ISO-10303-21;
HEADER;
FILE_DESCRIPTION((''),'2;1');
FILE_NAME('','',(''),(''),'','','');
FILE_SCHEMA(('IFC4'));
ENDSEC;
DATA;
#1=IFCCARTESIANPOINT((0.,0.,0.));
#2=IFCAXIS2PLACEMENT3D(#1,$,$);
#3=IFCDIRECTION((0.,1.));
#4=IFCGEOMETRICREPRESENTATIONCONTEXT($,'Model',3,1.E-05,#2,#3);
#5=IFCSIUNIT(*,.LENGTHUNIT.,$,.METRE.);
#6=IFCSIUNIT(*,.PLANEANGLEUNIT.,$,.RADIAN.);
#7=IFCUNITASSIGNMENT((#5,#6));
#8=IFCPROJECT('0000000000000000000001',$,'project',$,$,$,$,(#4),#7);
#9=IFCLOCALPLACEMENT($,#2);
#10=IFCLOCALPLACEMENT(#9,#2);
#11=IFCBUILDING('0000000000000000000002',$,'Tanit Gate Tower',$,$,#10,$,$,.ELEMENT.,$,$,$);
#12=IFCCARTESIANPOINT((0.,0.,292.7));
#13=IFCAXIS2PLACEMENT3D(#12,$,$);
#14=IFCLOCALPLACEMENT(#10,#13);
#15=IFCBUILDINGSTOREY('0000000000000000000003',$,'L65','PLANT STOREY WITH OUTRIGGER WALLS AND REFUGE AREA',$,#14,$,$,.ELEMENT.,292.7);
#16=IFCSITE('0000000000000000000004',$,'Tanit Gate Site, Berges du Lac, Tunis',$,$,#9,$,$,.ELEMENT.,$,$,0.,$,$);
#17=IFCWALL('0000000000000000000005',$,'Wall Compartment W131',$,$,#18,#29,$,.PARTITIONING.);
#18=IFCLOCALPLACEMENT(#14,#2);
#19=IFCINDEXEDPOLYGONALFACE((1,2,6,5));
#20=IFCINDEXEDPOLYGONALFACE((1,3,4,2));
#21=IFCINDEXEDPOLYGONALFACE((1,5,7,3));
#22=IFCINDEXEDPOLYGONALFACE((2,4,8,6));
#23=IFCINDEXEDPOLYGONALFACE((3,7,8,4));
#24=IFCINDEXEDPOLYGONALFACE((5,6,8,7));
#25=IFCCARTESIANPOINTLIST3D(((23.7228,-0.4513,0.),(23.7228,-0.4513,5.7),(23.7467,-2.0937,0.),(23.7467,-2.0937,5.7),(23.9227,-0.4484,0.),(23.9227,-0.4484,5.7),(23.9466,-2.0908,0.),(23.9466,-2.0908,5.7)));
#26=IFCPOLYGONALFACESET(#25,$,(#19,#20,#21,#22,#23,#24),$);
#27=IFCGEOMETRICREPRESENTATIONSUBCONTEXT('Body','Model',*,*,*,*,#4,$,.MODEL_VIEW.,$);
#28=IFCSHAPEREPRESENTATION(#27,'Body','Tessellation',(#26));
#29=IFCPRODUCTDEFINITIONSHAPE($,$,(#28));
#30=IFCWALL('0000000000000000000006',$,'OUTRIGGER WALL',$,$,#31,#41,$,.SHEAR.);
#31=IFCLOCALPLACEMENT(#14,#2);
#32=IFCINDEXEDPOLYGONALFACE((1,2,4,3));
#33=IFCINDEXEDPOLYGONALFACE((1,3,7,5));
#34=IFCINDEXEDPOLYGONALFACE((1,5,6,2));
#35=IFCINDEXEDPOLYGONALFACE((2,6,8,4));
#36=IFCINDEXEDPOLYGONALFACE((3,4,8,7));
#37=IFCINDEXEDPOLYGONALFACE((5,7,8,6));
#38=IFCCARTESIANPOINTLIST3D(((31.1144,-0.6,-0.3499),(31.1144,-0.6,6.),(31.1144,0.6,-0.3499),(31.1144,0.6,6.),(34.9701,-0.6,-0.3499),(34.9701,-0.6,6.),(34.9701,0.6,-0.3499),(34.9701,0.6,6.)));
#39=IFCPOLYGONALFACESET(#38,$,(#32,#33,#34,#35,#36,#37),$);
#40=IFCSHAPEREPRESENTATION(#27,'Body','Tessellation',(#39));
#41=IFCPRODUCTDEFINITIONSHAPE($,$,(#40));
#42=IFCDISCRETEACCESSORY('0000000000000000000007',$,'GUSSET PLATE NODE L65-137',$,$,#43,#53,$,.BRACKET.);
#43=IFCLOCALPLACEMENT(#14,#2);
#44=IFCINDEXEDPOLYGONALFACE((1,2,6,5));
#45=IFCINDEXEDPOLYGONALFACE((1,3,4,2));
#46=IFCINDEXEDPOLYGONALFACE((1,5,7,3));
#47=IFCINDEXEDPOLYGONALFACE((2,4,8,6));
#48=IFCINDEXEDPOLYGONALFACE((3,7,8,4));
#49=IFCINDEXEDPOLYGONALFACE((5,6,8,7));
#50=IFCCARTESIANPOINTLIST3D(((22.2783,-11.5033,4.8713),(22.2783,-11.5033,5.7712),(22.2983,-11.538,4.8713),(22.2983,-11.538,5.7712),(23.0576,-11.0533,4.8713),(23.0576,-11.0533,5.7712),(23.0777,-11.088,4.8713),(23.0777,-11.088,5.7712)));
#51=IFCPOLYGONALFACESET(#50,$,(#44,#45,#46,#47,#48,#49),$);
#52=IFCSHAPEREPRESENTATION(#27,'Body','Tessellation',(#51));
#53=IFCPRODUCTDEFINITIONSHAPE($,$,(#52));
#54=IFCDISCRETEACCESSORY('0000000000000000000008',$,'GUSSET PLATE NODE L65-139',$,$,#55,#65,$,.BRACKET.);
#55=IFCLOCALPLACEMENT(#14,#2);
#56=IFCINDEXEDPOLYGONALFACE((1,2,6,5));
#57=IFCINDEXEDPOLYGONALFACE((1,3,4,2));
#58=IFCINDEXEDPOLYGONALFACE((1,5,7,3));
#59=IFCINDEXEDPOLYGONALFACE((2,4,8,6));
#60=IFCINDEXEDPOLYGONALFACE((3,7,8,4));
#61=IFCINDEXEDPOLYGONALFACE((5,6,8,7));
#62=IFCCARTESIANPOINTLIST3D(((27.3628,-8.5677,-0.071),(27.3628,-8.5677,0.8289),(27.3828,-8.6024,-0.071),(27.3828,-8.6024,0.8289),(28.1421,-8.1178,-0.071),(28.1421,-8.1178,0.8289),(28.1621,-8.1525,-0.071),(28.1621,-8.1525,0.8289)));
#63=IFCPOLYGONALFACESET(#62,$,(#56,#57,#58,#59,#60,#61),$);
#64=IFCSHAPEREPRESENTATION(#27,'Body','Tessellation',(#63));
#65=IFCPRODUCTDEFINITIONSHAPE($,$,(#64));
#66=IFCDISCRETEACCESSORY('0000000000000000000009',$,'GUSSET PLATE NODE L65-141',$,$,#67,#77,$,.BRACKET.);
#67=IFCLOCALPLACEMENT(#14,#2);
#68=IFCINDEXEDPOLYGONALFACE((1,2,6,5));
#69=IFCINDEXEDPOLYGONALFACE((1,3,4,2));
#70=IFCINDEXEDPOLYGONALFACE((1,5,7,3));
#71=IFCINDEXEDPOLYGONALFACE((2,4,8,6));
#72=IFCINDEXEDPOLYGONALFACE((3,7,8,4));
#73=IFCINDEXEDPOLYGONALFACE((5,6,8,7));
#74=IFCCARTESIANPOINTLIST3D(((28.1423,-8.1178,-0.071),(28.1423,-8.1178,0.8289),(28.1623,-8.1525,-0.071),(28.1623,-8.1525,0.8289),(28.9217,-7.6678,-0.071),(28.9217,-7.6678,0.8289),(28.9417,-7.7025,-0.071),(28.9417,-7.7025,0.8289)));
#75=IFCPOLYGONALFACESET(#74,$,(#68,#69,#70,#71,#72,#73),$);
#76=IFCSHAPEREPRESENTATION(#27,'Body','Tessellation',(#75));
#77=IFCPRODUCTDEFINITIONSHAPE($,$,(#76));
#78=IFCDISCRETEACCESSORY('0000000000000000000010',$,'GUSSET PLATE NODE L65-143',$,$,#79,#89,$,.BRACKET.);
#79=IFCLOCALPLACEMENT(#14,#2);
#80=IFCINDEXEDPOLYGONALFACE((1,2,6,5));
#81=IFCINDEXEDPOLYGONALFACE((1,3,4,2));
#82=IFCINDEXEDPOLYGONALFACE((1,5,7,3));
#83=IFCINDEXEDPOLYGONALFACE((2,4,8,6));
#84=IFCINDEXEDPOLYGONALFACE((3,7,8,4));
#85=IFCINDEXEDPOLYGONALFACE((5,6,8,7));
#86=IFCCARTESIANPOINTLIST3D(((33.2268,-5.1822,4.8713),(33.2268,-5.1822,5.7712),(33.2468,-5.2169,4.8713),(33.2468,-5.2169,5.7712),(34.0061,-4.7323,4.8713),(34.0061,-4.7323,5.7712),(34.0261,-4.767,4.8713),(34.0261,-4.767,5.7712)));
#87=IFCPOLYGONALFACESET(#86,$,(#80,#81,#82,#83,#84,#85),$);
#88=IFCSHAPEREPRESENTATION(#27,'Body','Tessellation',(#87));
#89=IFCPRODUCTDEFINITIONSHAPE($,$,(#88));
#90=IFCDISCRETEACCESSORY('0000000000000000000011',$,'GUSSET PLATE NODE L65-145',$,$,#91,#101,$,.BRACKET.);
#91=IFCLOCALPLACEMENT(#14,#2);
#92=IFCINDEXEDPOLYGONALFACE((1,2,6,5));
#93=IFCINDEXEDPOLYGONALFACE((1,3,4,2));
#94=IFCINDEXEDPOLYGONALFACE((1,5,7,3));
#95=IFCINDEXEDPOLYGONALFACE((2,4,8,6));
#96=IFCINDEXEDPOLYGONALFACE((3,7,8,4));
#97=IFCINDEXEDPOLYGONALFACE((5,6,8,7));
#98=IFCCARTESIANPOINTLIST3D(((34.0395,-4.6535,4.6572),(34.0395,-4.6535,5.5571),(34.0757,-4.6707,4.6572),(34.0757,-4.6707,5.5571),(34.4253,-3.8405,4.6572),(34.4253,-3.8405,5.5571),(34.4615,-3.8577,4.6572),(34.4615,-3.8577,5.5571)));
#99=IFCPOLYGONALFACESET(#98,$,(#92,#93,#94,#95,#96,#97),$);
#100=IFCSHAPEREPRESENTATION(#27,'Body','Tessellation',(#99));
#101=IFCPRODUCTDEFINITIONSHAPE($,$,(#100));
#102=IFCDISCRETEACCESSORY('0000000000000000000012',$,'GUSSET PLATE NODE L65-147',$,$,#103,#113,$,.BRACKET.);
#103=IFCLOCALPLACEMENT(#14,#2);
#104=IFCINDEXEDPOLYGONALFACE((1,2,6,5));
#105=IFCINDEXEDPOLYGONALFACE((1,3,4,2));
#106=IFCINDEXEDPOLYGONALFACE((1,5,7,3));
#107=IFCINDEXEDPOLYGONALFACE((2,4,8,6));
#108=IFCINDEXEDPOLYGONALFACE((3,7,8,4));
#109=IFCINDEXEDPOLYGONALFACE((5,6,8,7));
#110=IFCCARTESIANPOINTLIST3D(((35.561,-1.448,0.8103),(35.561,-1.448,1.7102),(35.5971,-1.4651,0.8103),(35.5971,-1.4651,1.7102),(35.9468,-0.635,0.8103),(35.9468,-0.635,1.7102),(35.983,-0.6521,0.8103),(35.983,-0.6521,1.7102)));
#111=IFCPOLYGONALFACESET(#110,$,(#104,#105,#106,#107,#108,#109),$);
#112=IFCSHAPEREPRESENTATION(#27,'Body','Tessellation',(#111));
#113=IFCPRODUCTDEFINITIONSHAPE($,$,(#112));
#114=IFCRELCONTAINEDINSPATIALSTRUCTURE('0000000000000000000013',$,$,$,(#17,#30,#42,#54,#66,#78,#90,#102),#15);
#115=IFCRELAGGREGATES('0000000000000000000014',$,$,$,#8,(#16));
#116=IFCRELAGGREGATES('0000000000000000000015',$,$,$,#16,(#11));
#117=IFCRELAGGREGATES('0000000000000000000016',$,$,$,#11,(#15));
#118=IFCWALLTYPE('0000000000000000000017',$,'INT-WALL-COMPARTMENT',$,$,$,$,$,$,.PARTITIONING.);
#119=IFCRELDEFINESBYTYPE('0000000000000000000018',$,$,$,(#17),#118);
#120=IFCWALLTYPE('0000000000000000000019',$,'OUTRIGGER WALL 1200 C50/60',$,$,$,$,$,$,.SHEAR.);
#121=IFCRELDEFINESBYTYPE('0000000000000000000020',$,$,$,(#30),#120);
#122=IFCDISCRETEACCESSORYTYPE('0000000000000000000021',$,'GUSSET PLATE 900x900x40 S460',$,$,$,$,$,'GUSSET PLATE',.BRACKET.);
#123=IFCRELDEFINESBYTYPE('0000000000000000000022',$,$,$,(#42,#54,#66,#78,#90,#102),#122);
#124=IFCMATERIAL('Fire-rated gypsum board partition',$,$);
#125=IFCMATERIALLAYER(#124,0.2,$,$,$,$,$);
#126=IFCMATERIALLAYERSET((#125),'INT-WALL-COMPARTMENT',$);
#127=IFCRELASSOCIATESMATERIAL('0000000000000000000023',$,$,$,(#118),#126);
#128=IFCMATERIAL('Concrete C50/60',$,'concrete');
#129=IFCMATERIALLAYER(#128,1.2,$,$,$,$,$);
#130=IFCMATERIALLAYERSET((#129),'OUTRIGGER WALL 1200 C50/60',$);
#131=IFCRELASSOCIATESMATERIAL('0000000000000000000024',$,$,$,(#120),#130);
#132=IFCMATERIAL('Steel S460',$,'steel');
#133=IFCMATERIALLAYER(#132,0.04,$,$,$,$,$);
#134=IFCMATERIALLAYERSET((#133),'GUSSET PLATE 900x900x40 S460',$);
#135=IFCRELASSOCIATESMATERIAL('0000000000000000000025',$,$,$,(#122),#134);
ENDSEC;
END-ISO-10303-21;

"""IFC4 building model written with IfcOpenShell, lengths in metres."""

from ifc_helpers import new_model, si_unit, direction, frame, frame_2d, origin, origin_2d, place, context, subcontext, project, spatial, rectangle, extrude, material, layer, layer_set, type_object, element, save


model = new_model("IFC4")

# Units and contexts
model_context = context("Model", 3, precision=1e-05, world=origin(), true_north=direction((0.0, 1.0)))
body_context = subcontext(model_context, "Body", "Model", "MODEL_VIEW")
ifc_project = project(units=[si_unit("LENGTHUNIT", "METRE"), si_unit("PLANEANGLEUNIT", "RADIAN")], contexts=[model_context])

# Site, building, storey
site_placement = place(None, origin())
site = spatial("IfcSite", under=ifc_project, at=site_placement, Name="Tanit Gate Site, Berges du Lac, Tunis", CompositionType="ELEMENT", RefElevation=0.0)
building_placement = place(site_placement, origin())
building = spatial("IfcBuilding", under=site, at=building_placement, Name="Tanit Gate Tower", CompositionType="ELEMENT")
storey_placement = place(building_placement, frame((0.0, 0.0, 292.7)))
storey = spatial("IfcBuildingStorey", under=building, at=storey_placement, Name="L65", Description="PLANT STOREY WITH OUTRIGGER WALLS AND REFUGE AREA", CompositionType="ELEMENT", Elevation=292.7)

# Walls
ifc_material_1 = material(Name="Fire-rated gypsum board partition")
ifc_layer_1 = layer(ifc_material_1, 0.2)
ifc_layer_set_1 = layer_set([ifc_layer_1], Name="INT-WALL-COMPARTMENT")
wall_type_1 = type_object("IfcWallType", Name="INT-WALL-COMPARTMENT", PredefinedType="PARTITIONING", material=ifc_layer_set_1)
wall_1_placement = place(storey_placement, frame((23.8467, -2.0923, 0.0), z_axis=(0.0, 0.0, 1.0), x_axis=(-0.014567, 0.999894, 0.0)))
element("IfcWall", 1, at=wall_1_placement, inside=storey, type_object=wall_type_1, Name="Wall Compartment W131", PredefinedType="PARTITIONING", context=body_context, shape_type="SweptSolid", body=[
    extrude(rectangle(XDim=1.6426, YDim=0.2, at=frame_2d((0.8213, 0.0))), origin(), (0.0, 0.0, 1.0), 5.7),
])
ifc_material_2 = material(Name="Concrete C50/60", Category="concrete")
ifc_layer_2 = layer(ifc_material_2, 1.2)
ifc_layer_set_2 = layer_set([ifc_layer_2], Name="OUTRIGGER WALL 1200 C50/60")
wall_type_2 = type_object("IfcWallType", Name="OUTRIGGER WALL 1200 C50/60", PredefinedType="SHEAR", material=ifc_layer_set_2)
wall_2_placement = place(storey_placement, frame((31.1145, 0.0, -0.3499), z_axis=(0.0, 0.0, 1.0), x_axis=(1.0, 0.0, 0.0)))
element("IfcWall", 2, at=wall_2_placement, inside=storey, type_object=wall_type_2, Name="OUTRIGGER WALL", PredefinedType="SHEAR", context=body_context, shape_type="SweptSolid", body=[
    extrude(rectangle(XDim=3.8557, YDim=1.2, at=frame_2d((1.9277, 0.0))), origin(), (0.0, 0.0, 1.0), 6.3499),
])

# Discrete accessories
ifc_material_3 = material(Name="Steel S460", Category="steel")
ifc_layer_3 = layer(ifc_material_3, 0.04)
ifc_layer_set_3 = layer_set([ifc_layer_3], Name="GUSSET PLATE 900x900x40 S460")
discrete_accessory_type = type_object("IfcDiscreteAccessoryType", Name="GUSSET PLATE 900x900x40 S460", ElementType="GUSSET PLATE", PredefinedType="BRACKET", material=ifc_layer_set_3)
for number, where, z_axis, x_axis, name in (
    (3, (22.678, -11.2957, 4.8713), (0.0, 0.0, 1.0), (0.866025, 0.5, 0.0), "GUSSET PLATE NODE L65-137"),
    (4, (27.7625, -8.3601, -0.071), (0.0, 0.0, 1.0), (-0.866025, -0.5, 0.0), "GUSSET PLATE NODE L65-139"),
    (5, (28.542, -7.9102, -0.071), (0.0, 0.0, 1.0), (0.866025, 0.5, 0.0), "GUSSET PLATE NODE L65-141"),
    (6, (33.6265, -4.9746, 4.8713), (0.0, 0.0, 1.0), (-0.866025, -0.5, 0.0), "GUSSET PLATE NODE L65-143"),
    (7, (34.2505, -4.2556, 4.6572), (0.0, 0.0, 1.0), (0.428746, 0.903425, 0.0), "GUSSET PLATE NODE L65-145"),
    (8, (35.772, -1.05, 0.8103), (0.0, 0.0, 1.0), (-0.428746, -0.903425, 0.0), "GUSSET PLATE NODE L65-147"),
):
    element("IfcDiscreteAccessory", number, at=place(storey_placement, frame(where, z_axis=z_axis, x_axis=x_axis)), inside=storey, type_object=discrete_accessory_type, Name=name, PredefinedType="BRACKET", context=body_context, shape_type="SweptSolid", body=[
        extrude(rectangle(XDim=0.8999, YDim=0.04, at=origin_2d()), origin(), (0.0, 0.0, 1.0), 0.8999),
    ])

save(model, "model.ifc")
